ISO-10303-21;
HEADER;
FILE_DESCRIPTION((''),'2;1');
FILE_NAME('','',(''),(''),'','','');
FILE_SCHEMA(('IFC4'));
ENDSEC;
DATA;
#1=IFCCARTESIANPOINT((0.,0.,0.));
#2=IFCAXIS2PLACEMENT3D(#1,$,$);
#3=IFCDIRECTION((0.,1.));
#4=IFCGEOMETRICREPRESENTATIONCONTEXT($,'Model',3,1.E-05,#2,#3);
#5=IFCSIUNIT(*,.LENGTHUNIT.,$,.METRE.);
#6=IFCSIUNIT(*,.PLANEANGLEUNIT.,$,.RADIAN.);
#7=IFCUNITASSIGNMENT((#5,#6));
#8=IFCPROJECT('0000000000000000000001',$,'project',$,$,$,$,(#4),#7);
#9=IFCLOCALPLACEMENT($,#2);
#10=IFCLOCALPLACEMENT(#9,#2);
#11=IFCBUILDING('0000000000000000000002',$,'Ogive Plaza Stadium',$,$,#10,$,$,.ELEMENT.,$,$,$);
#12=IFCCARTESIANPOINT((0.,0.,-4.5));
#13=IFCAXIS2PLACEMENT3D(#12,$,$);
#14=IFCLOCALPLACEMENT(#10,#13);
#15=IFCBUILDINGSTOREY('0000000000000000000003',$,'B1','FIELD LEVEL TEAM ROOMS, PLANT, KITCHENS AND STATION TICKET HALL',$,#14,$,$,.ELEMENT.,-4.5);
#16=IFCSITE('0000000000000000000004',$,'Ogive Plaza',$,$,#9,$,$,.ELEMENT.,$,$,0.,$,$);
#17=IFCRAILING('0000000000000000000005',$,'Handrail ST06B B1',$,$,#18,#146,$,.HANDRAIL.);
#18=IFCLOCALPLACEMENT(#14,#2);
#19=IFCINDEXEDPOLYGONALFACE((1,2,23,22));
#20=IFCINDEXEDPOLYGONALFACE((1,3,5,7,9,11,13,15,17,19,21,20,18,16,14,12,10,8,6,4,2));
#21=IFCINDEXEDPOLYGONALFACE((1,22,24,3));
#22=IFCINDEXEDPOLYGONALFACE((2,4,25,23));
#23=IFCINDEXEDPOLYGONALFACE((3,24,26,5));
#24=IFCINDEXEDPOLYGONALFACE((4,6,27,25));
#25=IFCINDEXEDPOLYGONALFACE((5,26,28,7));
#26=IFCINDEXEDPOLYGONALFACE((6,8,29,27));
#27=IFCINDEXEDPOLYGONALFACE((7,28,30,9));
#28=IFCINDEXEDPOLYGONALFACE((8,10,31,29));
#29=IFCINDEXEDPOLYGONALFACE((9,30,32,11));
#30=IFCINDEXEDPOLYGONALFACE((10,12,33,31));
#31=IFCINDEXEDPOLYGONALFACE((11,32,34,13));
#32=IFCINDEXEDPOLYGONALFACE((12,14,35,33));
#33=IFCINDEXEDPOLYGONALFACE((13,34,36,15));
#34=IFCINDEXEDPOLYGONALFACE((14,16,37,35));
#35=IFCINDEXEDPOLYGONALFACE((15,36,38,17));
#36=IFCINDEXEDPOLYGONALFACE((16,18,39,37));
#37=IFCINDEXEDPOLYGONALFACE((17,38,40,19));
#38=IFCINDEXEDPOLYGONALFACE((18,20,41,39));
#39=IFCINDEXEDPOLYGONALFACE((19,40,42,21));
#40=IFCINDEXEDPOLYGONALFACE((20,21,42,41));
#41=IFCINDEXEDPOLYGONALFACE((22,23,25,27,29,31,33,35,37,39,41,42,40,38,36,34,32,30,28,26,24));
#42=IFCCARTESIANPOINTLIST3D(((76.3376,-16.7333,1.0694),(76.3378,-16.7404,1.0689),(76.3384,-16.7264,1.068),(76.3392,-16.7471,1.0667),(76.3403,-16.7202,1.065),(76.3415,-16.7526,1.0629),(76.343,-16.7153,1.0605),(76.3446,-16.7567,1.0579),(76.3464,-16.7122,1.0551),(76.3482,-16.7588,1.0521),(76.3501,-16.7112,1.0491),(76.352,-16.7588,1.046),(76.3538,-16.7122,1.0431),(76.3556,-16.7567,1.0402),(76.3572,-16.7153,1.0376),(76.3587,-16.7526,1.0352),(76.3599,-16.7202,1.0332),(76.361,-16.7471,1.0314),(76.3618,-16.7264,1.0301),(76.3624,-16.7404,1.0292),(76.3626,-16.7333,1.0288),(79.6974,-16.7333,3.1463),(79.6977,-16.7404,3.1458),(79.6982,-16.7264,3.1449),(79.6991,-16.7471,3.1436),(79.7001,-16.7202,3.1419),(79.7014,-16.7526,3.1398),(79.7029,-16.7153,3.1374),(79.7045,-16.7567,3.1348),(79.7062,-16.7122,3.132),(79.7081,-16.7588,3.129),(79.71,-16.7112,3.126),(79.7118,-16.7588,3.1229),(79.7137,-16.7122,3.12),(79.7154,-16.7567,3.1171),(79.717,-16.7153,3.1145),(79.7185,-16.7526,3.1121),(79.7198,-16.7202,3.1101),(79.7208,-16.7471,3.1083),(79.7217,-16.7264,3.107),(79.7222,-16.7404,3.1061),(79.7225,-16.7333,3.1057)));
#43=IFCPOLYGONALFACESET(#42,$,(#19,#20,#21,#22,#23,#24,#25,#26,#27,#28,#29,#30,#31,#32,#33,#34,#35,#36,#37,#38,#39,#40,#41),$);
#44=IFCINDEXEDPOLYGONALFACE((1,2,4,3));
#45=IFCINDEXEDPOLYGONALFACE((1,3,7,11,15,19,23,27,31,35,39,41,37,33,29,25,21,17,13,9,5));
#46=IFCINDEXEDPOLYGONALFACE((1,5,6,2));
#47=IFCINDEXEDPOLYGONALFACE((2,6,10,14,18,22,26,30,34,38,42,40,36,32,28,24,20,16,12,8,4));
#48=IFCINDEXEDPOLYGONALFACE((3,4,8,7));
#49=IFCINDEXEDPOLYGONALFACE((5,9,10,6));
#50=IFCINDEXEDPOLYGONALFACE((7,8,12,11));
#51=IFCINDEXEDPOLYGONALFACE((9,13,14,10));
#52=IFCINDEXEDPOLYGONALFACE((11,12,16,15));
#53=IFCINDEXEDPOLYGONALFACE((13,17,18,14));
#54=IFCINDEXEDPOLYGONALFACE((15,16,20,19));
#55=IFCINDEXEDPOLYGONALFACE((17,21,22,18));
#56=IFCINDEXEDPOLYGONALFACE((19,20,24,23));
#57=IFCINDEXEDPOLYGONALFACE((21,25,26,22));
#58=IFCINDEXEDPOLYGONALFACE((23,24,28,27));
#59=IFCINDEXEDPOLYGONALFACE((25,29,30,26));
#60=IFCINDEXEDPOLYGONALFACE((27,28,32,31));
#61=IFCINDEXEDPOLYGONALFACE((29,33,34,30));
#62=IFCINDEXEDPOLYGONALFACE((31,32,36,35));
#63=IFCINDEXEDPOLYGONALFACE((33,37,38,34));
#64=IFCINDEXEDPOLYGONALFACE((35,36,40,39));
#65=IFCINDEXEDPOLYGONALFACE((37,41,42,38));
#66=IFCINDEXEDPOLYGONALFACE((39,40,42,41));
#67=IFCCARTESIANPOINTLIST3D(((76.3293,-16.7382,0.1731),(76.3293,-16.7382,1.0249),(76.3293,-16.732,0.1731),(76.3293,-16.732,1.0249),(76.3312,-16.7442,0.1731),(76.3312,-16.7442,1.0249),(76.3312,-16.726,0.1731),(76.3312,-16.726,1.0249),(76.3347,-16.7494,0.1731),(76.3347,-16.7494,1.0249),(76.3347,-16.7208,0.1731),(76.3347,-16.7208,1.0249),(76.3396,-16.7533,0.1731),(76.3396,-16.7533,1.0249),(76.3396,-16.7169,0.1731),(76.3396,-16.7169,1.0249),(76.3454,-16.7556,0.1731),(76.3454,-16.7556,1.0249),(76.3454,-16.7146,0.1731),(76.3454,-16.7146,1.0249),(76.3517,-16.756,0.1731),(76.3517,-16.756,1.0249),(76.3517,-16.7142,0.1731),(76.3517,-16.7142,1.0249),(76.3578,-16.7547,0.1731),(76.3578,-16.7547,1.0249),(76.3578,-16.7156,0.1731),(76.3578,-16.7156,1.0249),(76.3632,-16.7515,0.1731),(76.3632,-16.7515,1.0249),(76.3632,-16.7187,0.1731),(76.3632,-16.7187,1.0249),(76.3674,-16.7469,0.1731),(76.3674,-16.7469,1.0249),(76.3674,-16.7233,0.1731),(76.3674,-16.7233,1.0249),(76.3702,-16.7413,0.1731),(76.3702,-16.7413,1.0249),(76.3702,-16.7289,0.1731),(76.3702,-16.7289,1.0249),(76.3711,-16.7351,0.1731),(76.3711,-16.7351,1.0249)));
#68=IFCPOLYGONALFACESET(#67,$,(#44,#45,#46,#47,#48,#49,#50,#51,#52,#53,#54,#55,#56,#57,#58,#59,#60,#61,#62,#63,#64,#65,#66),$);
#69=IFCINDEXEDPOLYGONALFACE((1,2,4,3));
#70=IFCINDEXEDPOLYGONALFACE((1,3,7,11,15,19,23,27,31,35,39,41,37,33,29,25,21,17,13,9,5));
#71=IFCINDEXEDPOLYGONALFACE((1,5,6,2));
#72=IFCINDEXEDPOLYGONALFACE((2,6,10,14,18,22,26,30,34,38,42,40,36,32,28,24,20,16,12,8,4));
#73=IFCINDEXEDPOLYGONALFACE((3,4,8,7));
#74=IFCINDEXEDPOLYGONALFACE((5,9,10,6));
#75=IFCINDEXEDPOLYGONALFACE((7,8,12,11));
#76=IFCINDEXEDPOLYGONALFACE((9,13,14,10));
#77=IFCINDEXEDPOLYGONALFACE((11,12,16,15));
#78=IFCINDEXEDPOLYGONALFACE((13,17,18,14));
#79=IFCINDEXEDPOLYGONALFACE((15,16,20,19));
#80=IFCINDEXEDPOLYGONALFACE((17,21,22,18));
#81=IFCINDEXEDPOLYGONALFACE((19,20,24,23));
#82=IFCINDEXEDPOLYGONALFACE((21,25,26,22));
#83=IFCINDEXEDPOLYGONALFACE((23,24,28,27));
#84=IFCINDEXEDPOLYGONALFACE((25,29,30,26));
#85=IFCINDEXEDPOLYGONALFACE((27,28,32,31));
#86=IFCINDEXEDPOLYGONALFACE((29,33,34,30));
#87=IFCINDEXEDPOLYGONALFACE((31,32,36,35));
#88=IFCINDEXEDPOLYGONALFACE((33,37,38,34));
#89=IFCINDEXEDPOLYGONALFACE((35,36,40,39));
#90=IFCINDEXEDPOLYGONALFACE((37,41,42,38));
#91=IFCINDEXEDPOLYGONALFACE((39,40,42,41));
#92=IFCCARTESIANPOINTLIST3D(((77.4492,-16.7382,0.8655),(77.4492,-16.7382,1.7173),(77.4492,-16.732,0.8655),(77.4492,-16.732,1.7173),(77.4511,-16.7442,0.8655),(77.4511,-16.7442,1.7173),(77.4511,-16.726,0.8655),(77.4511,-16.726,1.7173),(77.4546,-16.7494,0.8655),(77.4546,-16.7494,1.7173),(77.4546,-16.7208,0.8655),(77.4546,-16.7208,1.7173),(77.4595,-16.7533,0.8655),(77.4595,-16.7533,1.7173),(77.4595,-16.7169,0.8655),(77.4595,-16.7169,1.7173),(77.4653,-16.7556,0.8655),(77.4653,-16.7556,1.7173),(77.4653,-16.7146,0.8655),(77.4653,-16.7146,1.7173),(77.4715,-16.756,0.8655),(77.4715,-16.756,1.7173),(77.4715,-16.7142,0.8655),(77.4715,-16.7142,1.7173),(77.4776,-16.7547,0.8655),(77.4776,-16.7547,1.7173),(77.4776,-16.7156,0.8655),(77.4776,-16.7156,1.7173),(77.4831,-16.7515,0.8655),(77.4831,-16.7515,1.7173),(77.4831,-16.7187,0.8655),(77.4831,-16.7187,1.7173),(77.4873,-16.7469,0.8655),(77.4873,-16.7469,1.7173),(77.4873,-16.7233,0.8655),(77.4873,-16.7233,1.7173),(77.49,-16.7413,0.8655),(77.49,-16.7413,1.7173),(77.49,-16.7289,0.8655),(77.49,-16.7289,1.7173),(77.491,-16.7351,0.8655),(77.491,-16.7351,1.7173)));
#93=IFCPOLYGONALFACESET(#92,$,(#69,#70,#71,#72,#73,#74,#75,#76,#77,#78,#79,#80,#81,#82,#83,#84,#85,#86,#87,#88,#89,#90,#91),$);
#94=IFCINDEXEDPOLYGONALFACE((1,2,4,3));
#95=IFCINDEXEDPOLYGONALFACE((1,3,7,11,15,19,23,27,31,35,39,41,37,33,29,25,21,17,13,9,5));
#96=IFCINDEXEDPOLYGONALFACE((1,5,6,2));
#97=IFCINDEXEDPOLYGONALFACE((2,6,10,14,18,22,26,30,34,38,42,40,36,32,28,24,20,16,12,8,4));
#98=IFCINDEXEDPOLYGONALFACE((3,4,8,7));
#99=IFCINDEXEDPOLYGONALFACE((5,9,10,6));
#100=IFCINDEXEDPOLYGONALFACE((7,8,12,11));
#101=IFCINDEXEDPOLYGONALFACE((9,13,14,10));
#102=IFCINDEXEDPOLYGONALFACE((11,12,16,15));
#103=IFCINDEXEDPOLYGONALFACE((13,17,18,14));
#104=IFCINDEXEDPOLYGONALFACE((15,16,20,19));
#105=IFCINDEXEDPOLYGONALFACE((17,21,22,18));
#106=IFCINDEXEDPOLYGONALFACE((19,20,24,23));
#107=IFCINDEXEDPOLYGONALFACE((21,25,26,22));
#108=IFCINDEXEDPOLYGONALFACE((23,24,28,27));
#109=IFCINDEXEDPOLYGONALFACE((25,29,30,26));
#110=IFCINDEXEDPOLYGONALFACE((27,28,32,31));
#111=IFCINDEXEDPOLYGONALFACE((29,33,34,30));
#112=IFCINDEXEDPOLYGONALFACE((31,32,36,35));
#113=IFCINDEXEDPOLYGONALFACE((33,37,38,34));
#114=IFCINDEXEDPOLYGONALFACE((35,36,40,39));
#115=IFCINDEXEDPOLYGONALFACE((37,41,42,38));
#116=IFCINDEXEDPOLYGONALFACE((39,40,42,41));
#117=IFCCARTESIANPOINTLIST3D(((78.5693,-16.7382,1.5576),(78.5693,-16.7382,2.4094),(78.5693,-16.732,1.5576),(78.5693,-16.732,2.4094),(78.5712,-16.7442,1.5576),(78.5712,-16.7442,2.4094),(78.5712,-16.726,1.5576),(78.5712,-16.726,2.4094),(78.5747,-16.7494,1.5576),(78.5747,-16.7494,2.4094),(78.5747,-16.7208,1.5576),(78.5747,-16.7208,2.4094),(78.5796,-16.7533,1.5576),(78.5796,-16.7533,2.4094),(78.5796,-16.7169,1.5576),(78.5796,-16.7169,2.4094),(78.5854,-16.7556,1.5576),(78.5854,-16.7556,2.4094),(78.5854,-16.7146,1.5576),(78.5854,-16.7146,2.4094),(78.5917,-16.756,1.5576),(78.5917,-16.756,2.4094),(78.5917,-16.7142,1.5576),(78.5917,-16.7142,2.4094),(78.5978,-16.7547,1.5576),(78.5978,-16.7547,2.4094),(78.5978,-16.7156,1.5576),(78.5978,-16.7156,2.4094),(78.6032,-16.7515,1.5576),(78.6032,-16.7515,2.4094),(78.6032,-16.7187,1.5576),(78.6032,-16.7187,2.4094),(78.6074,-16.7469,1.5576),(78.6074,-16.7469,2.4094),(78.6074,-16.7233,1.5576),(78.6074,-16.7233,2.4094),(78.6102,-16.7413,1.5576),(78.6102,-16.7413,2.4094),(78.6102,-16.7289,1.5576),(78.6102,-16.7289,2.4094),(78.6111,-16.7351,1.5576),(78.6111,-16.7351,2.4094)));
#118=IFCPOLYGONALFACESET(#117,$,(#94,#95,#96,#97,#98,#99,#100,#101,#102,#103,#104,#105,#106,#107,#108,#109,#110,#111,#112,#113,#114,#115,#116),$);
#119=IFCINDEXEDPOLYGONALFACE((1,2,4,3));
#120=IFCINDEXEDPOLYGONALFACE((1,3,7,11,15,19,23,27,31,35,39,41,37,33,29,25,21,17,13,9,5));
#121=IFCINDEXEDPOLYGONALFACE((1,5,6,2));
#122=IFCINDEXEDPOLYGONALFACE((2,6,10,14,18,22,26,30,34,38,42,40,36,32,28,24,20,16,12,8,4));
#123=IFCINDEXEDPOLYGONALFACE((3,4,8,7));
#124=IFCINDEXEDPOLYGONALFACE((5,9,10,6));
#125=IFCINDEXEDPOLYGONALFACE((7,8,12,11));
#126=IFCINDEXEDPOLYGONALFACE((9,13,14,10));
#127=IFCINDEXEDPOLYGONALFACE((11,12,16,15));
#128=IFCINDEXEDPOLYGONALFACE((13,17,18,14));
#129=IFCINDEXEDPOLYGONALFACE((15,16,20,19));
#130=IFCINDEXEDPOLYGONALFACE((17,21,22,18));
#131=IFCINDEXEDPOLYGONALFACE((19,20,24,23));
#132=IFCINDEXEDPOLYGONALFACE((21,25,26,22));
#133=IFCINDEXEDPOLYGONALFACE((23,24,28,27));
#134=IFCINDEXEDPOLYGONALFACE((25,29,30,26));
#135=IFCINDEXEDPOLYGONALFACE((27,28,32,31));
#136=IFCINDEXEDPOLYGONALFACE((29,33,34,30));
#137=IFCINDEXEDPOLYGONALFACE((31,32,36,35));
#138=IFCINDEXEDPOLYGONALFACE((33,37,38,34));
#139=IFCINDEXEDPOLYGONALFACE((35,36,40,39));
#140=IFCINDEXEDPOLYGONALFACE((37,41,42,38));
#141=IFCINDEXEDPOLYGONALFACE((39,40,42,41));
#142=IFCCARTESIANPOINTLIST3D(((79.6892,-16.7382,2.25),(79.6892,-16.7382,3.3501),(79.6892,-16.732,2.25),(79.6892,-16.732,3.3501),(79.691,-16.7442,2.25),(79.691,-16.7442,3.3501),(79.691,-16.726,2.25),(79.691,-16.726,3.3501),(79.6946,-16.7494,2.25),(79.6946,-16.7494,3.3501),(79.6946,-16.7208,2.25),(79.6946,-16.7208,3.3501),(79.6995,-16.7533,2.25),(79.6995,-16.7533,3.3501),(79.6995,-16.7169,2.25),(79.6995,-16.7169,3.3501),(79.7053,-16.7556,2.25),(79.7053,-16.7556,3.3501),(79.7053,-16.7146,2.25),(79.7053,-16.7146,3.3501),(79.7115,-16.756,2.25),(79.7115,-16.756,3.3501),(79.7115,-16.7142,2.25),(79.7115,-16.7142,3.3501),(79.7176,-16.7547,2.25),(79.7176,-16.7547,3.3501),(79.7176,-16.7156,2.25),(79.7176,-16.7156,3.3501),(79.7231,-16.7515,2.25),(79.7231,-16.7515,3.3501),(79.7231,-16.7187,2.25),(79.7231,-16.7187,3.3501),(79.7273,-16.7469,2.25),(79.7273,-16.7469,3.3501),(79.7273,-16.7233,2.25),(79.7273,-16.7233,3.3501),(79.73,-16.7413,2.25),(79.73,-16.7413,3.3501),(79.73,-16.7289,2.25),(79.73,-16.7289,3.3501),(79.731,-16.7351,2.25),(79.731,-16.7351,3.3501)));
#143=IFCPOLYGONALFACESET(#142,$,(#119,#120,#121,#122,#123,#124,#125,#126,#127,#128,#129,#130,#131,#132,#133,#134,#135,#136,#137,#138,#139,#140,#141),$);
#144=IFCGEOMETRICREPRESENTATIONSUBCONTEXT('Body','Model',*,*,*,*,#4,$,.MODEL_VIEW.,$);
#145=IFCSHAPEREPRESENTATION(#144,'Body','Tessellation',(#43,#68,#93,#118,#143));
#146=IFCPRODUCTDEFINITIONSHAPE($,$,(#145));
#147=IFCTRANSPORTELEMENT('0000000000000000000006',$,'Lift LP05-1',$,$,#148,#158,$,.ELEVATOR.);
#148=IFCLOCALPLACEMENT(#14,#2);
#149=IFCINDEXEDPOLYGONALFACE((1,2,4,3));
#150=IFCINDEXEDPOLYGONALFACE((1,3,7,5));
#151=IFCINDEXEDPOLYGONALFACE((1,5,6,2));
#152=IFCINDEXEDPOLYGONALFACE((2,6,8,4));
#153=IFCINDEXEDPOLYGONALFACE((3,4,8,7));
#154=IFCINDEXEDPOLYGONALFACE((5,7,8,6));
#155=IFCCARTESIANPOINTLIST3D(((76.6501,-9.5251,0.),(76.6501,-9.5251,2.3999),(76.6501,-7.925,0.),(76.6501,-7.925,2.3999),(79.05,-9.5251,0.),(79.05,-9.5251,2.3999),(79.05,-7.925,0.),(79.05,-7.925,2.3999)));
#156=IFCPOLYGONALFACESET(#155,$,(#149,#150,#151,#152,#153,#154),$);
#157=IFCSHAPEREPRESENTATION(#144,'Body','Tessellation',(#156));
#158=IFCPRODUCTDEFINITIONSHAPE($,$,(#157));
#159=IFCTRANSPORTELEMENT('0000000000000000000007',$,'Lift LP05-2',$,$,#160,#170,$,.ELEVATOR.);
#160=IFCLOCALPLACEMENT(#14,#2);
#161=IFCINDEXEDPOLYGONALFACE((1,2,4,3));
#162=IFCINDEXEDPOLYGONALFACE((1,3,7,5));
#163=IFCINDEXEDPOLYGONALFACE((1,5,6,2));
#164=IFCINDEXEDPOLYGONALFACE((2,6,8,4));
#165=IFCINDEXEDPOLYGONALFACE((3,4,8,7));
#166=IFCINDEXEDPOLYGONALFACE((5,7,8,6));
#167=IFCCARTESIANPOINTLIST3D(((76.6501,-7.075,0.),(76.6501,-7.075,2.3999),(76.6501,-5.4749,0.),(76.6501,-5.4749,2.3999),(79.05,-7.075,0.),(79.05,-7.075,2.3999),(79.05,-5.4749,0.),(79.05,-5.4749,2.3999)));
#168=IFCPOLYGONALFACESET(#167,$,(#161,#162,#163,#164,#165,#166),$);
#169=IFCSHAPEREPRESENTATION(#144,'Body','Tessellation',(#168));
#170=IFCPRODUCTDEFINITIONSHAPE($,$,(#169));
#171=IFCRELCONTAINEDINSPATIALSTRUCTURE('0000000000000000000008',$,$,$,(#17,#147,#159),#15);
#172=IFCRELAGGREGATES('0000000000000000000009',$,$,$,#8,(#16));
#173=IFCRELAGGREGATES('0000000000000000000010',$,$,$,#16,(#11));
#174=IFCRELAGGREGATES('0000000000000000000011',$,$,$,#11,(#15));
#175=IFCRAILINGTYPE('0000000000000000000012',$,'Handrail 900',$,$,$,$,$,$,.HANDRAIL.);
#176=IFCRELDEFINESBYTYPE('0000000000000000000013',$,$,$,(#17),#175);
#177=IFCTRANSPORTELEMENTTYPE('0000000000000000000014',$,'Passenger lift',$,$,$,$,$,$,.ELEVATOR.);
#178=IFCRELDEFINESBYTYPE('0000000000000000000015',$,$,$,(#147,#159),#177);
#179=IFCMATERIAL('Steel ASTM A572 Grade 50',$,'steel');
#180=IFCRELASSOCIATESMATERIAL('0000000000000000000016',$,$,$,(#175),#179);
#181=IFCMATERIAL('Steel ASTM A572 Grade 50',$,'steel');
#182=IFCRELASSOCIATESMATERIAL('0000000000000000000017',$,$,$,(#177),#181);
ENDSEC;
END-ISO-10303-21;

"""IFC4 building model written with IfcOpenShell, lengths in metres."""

from ifc_helpers import new_model, si_unit, direction, frame, origin, origin_2d, place, context, subcontext, project, spatial, rectangle, circle, extrude, material, type_object, element, save


model = new_model("IFC4")

# Units and contexts
model_context = context("Model", 3, precision=1e-05, world=origin(), true_north=direction((0.0, 1.0)))
body_context = subcontext(model_context, "Body", "Model", "MODEL_VIEW")
ifc_project = project(units=[si_unit("LENGTHUNIT", "METRE"), si_unit("PLANEANGLEUNIT", "RADIAN")], contexts=[model_context])

# Site, building, storey
site_placement = place(None, origin())
site = spatial("IfcSite", under=ifc_project, at=site_placement, Name="Ogive Plaza", CompositionType="ELEMENT", RefElevation=0.0)
building_placement = place(site_placement, origin())
building = spatial("IfcBuilding", under=site, at=building_placement, Name="Ogive Plaza Stadium", CompositionType="ELEMENT")
storey_placement = place(building_placement, frame((0.0, 0.0, -4.5)))
storey = spatial("IfcBuildingStorey", under=building, at=storey_placement, Name="B1", Description="FIELD LEVEL TEAM ROOMS, PLANT, KITCHENS AND STATION TICKET HALL", CompositionType="ELEMENT", Elevation=-4.5)

# Railing
ifc_material_1 = material(Name="Steel ASTM A572 Grade 50", Category="steel")
railing_type = type_object("IfcRailingType", Name="Handrail 900", PredefinedType="HANDRAIL", material=ifc_material_1)
for number, where, name in (
    (1, (76.3501, -16.7351, 0.1731), "Handrail ST06B B1"),
):
    element("IfcRailing", number, at=place(storey_placement, frame(where)), inside=storey, type_object=railing_type, Name=name, PredefinedType="HANDRAIL", context=body_context, shape_type="SweptSolid", body=[
        extrude(circle(Radius=0.0239, at=origin_2d()), frame((0.0, 0.0, 0.876), z_axis=(0.850606, 0.0, 0.525803), x_axis=(0.0, 1.0, 0.0)), (0.0, 0.0, 1.0), 3.95),
        extrude(circle(Radius=0.021, at=origin_2d()), origin(), (0.0, 0.0, 1.0), 0.8518),
        extrude(circle(Radius=0.021, at=origin_2d()), frame((1.1199, 0.0, 0.6924)), (0.0, 0.0, 1.0), 0.8518),
        extrude(circle(Radius=0.021, at=origin_2d()), frame((2.24, 0.0, 1.3845)), (0.0, 0.0, 1.0), 0.8518),
        extrude(circle(Radius=0.021, at=origin_2d()), frame((3.3599, 0.0, 2.0769)), (0.0, 0.0, 1.0), 1.1001),
    ])

# Transport elements
ifc_material_2 = material(Name="Steel ASTM A572 Grade 50", Category="steel")
transport_element_type = type_object("IfcTransportElementType", Name="Passenger lift", PredefinedType="ELEVATOR", material=ifc_material_2)
for number, where, z_axis, x_axis, name in (
    (2, (77.8501, -8.7251, 0.0), (0.0, 0.0, 1.0), (1.0, 0.0, 0.0), "Lift LP05-1"),
    (3, (77.8501, -6.2749, 0.0), (0.0, 0.0, 1.0), (1.0, 0.0, 0.0), "Lift LP05-2"),
):
    element("IfcTransportElement", number, at=place(storey_placement, frame(where, z_axis=z_axis, x_axis=x_axis)), inside=storey, type_object=transport_element_type, Name=name, PredefinedType="ELEVATOR", context=body_context, shape_type="SweptSolid", body=[
        extrude(rectangle(XDim=2.3999, YDim=1.6001, at=origin_2d()), origin(), (0.0, 0.0, 1.0), 2.3999),
    ])

save(model, "model.ifc")
